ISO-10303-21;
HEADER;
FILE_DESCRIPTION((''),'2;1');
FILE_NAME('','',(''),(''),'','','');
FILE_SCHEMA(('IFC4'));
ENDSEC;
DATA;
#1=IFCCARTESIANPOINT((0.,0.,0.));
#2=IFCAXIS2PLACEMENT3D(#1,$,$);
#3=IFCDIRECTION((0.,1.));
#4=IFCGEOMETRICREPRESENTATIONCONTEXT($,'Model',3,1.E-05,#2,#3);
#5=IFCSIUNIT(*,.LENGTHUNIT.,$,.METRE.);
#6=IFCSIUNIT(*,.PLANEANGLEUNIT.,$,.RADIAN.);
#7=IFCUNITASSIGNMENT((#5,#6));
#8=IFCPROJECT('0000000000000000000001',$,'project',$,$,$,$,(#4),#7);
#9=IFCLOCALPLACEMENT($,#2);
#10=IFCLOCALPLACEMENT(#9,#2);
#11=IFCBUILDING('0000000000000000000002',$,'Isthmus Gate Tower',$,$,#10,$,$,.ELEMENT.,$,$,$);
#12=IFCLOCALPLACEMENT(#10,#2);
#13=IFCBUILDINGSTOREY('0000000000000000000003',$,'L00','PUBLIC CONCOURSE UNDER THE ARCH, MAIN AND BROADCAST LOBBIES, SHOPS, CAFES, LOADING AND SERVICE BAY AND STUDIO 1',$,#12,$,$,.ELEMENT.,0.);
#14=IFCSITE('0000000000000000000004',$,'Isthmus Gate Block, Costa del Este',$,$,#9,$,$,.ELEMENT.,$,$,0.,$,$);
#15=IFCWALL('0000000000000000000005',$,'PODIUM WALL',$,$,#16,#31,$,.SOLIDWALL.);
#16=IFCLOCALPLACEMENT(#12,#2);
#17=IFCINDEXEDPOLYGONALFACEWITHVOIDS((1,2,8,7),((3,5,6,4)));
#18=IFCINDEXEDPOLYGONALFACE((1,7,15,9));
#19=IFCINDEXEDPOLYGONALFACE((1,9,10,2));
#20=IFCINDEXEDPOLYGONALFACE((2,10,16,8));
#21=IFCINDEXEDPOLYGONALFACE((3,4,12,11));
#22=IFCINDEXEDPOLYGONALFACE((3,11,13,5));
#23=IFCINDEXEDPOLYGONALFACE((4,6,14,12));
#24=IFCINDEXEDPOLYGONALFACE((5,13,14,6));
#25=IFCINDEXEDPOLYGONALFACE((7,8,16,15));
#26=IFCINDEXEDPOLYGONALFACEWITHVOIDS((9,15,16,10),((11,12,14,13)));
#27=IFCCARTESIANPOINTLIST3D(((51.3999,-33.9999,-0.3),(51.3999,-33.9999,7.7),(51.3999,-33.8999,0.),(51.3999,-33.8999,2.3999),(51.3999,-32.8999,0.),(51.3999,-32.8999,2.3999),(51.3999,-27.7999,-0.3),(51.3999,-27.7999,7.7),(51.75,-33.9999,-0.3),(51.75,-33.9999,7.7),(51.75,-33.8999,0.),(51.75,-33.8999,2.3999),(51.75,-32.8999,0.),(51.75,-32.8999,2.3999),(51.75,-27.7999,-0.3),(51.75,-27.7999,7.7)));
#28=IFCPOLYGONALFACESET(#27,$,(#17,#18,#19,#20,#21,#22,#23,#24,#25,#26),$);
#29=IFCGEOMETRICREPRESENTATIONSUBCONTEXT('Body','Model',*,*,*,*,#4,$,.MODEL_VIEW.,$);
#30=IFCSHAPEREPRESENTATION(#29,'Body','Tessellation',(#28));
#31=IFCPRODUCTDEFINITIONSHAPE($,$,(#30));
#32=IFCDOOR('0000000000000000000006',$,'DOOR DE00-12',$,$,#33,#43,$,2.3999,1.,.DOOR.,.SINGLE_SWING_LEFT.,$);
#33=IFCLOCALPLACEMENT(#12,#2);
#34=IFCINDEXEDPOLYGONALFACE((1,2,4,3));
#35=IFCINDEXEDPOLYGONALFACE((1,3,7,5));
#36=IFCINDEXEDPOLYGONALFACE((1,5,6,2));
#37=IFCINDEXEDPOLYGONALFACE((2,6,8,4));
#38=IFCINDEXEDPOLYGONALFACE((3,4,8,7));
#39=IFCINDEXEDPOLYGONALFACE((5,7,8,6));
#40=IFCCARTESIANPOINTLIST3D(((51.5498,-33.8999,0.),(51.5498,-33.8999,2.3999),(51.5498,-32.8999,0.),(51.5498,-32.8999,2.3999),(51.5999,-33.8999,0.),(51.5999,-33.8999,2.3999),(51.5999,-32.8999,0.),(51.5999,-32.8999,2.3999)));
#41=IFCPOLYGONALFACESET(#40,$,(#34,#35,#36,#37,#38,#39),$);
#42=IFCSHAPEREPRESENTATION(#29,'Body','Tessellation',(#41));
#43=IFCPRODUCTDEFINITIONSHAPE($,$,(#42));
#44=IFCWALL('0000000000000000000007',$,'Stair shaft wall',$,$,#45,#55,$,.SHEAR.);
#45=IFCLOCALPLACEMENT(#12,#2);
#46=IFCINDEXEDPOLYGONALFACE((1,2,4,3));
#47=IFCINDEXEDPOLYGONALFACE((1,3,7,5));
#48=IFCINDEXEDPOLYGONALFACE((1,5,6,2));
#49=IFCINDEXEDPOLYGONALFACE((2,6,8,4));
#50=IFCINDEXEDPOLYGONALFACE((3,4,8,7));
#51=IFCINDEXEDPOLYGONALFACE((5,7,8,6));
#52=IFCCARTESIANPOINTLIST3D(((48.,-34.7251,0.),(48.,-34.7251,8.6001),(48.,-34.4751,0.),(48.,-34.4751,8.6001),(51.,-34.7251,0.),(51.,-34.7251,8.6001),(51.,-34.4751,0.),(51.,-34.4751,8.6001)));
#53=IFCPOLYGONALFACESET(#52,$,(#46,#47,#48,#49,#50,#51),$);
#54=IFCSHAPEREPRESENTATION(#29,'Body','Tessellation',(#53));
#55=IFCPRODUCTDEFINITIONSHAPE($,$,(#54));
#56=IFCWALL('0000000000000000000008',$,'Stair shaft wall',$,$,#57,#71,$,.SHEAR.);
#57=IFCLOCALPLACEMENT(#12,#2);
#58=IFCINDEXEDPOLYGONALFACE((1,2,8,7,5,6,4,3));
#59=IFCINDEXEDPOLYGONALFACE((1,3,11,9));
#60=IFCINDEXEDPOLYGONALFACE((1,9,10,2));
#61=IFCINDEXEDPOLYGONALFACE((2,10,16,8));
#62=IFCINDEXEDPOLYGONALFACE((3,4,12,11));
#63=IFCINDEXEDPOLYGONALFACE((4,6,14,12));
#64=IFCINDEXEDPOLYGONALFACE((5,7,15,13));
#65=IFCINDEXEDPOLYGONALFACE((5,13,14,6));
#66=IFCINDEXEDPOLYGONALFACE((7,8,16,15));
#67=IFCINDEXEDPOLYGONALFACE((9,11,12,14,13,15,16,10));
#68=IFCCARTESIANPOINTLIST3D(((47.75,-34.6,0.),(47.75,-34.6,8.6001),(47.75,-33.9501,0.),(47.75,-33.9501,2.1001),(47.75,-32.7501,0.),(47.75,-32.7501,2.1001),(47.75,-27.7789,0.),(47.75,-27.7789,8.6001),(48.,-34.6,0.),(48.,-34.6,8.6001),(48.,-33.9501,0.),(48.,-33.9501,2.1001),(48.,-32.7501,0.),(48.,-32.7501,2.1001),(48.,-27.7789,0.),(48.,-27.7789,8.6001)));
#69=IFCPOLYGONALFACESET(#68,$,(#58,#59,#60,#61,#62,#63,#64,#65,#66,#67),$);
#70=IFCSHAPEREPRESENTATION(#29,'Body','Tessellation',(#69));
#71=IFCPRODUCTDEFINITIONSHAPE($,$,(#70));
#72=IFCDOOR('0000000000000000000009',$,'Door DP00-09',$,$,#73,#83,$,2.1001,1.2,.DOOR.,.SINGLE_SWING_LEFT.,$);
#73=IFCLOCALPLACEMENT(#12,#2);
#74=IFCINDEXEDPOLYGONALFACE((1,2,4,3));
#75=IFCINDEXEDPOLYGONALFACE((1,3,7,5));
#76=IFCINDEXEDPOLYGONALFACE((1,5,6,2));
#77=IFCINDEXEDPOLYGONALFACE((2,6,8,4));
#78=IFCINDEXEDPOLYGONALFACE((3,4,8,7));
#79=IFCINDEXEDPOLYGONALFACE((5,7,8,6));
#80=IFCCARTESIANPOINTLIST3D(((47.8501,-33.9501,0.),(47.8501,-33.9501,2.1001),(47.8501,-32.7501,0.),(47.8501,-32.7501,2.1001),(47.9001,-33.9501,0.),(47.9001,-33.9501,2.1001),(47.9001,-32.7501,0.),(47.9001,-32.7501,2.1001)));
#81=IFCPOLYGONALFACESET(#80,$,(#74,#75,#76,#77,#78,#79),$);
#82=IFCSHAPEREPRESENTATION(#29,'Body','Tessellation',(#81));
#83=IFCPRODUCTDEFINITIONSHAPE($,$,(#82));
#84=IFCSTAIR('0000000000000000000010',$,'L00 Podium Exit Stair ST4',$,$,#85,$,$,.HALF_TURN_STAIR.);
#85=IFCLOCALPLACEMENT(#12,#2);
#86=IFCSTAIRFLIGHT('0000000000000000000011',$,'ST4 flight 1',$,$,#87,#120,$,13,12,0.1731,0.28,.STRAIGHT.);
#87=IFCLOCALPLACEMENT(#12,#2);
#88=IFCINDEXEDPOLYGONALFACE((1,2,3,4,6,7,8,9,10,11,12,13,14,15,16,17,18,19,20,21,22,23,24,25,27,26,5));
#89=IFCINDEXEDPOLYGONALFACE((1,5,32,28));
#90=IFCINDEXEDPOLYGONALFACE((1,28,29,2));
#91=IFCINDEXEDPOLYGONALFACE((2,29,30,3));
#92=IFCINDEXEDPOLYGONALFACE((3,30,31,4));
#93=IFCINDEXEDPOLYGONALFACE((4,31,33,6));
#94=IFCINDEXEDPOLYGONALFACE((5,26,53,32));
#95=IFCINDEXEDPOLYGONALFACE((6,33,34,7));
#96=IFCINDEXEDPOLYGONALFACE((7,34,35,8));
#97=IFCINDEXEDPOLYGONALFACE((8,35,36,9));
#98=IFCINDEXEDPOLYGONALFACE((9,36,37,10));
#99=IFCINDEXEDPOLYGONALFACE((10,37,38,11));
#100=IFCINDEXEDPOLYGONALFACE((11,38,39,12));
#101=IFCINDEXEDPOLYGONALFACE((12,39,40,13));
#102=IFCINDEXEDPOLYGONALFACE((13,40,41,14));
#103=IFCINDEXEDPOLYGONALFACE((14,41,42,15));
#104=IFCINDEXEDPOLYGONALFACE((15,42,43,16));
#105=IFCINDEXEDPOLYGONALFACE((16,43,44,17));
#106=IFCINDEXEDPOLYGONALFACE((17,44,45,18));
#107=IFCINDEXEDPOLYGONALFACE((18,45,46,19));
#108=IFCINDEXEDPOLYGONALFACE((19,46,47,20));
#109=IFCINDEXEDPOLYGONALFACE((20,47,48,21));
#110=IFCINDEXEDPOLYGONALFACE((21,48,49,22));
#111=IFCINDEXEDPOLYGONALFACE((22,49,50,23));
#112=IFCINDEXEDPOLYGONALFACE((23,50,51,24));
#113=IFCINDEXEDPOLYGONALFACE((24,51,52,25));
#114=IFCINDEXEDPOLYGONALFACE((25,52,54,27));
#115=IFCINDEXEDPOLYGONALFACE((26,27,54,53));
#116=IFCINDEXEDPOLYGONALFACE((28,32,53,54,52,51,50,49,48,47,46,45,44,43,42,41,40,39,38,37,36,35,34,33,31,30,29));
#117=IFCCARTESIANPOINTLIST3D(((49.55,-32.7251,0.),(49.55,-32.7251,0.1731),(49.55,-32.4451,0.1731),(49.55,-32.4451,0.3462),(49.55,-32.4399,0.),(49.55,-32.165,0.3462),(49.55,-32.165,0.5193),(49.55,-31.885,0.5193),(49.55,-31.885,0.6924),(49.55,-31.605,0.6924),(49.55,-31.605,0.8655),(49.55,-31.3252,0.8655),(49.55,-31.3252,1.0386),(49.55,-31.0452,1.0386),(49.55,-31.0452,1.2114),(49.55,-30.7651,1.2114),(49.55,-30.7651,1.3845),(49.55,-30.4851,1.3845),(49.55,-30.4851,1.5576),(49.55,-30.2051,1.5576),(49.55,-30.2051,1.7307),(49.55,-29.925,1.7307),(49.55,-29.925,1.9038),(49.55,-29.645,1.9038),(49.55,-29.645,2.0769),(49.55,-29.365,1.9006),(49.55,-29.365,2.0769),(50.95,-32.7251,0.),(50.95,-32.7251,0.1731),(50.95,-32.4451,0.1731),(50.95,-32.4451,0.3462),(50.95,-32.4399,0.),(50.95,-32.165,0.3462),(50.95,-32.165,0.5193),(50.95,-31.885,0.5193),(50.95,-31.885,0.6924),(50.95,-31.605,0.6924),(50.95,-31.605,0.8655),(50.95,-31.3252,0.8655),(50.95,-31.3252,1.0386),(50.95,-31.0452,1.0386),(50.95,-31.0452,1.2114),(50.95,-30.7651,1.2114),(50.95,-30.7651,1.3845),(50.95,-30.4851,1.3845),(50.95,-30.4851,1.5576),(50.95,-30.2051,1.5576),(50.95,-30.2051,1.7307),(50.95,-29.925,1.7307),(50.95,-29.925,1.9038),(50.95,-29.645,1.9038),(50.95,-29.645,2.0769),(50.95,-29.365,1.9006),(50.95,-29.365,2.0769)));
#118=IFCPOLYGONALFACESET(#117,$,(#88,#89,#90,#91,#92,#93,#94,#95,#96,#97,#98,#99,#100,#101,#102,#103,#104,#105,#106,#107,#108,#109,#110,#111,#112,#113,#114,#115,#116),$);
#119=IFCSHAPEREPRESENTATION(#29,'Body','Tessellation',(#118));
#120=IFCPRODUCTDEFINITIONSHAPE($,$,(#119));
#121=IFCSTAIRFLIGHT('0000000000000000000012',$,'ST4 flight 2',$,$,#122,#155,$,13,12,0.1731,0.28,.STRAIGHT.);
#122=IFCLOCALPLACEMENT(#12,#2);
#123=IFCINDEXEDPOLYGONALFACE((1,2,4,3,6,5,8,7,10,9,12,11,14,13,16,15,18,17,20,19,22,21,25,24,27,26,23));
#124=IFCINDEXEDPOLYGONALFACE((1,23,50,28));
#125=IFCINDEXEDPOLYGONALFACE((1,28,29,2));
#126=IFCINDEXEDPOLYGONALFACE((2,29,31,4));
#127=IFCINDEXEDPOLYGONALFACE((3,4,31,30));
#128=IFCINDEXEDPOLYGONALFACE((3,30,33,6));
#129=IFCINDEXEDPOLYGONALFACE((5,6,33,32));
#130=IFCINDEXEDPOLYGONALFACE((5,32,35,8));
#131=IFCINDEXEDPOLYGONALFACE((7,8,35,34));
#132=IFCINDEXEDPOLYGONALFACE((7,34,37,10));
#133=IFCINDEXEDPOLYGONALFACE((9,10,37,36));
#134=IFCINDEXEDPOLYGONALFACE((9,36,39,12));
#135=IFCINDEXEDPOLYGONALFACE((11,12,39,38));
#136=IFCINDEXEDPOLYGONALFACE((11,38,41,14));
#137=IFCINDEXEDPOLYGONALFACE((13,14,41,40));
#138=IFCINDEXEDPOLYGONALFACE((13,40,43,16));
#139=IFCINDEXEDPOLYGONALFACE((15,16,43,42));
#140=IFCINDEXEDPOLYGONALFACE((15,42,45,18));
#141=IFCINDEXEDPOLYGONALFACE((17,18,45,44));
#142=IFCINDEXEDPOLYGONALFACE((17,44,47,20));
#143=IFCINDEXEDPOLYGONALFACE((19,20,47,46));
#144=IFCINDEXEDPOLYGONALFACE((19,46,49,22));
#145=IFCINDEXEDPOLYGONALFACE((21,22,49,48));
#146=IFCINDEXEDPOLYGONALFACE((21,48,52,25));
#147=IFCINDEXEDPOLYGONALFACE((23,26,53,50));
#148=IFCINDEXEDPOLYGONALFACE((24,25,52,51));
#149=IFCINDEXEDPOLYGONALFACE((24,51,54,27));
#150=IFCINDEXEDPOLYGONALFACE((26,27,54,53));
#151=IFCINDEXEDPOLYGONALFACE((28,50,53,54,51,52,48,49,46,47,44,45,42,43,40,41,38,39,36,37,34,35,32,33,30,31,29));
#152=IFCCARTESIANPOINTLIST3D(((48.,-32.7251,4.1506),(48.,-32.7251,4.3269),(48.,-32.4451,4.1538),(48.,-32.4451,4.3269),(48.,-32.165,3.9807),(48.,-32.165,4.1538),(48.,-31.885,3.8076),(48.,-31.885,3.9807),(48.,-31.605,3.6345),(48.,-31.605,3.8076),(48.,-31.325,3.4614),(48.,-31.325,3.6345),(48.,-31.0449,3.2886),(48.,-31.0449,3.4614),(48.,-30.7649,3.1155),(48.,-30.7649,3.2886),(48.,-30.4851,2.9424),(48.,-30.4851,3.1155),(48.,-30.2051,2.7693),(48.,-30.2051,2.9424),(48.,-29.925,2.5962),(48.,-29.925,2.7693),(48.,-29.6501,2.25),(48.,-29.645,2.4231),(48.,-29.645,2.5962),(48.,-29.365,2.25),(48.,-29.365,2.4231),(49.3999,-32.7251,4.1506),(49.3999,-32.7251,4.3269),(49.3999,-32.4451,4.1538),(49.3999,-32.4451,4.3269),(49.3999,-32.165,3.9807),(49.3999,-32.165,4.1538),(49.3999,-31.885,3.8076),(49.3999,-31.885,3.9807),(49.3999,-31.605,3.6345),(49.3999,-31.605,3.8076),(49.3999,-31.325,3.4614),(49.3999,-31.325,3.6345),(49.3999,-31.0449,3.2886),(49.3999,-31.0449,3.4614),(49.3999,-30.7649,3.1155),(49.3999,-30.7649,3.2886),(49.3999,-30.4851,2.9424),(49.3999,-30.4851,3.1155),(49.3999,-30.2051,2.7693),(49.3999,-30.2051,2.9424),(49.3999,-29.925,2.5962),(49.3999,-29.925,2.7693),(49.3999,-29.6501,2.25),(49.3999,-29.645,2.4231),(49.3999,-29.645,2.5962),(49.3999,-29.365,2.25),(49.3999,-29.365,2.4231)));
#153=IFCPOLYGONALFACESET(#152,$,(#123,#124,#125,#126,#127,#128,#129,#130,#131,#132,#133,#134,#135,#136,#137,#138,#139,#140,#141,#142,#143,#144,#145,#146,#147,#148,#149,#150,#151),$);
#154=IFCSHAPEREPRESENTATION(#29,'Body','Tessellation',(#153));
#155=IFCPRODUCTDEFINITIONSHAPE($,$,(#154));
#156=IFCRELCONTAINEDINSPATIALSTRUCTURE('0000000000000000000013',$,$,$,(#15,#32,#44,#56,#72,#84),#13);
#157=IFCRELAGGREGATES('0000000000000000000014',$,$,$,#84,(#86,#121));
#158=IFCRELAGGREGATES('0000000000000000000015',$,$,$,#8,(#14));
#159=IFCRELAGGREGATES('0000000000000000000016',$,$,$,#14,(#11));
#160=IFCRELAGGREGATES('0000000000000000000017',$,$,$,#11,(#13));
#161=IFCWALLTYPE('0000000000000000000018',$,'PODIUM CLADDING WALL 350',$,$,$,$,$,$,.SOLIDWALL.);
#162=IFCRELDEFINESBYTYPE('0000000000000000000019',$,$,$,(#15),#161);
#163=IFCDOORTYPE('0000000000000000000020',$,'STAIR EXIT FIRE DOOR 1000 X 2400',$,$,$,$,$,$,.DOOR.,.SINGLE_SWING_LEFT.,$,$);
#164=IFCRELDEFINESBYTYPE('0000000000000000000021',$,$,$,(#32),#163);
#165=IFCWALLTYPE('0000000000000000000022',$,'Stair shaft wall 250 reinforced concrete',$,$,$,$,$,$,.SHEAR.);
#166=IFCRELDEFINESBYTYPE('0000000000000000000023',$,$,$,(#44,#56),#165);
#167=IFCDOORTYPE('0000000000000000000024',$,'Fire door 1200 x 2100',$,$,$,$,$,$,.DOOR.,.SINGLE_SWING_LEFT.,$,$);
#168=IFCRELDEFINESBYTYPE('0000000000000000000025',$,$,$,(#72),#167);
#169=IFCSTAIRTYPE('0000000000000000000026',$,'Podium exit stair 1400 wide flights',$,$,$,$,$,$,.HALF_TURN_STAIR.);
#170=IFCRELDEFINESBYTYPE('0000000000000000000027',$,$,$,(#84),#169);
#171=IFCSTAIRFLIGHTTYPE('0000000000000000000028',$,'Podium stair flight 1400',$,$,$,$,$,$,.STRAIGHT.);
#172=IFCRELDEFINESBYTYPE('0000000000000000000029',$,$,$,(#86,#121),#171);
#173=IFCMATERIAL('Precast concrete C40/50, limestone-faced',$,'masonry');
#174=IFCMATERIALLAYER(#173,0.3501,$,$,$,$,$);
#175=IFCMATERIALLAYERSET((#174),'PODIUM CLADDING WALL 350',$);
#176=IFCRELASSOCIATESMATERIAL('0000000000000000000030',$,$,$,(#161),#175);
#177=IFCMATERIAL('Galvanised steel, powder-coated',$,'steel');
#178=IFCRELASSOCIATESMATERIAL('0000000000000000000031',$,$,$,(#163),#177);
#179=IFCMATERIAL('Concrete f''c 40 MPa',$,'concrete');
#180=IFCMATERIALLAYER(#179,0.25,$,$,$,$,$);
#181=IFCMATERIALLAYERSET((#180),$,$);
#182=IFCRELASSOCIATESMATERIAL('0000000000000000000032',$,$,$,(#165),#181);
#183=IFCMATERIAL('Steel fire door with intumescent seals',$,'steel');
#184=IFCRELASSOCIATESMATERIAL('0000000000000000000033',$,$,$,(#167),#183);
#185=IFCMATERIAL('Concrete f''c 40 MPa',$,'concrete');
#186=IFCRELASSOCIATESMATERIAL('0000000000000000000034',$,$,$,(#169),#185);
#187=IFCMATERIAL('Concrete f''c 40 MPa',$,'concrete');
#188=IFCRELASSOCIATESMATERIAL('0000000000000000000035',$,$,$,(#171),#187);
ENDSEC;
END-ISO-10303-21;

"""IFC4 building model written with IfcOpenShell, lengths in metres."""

from ifc_helpers import new_model, si_unit, direction, frame, frame_2d, origin, place, context, subcontext, project, spatial, polyline, rectangle, outline, extrude, material, layer, layer_set, type_object, element, fill, aggregate, save


model = new_model("IFC4")

# Units and contexts
model_context = context("Model", 3, precision=1e-05, world=origin(), true_north=direction((0.0, 1.0)))
body_context = subcontext(model_context, "Body", "Model", "MODEL_VIEW")
ifc_project = project(units=[si_unit("LENGTHUNIT", "METRE"), si_unit("PLANEANGLEUNIT", "RADIAN")], contexts=[model_context])

# Site, building, storey
site_placement = place(None, origin())
site = spatial("IfcSite", under=ifc_project, at=site_placement, Name="Isthmus Gate Block, Costa del Este", CompositionType="ELEMENT", RefElevation=0.0)
building_placement = place(site_placement, origin())
building = spatial("IfcBuilding", under=site, at=building_placement, Name="Isthmus Gate Tower", CompositionType="ELEMENT")
storey_placement = place(building_placement, origin())
storey = spatial("IfcBuildingStorey", under=building, at=storey_placement, Name="L00", Description="PUBLIC CONCOURSE UNDER THE ARCH, MAIN AND BROADCAST LOBBIES, SHOPS, CAFES, LOADING AND SERVICE BAY AND STUDIO 1", CompositionType="ELEMENT", Elevation=0.0)

# Shared definitions
ifc_material_1 = material(Name="Precast concrete C40/50, limestone-faced", Category="masonry")
ifc_layer_1 = layer(ifc_material_1, 0.3501)
ifc_layer_set_1 = layer_set([ifc_layer_1], Name="PODIUM CLADDING WALL 350")
wall_type_1 = type_object("IfcWallType", Name="PODIUM CLADDING WALL 350", PredefinedType="SOLIDWALL", material=ifc_layer_set_1)

# Wall, opening, door
wall_1_placement = place(storey_placement, frame((51.575, -34.0, -0.3), z_axis=(0.0, 0.0, 1.0), x_axis=(0.0, 1.0, 0.0)))
wall_1 = element("IfcWall", 1, at=wall_1_placement, inside=storey, type_object=wall_type_1, Name="PODIUM WALL", PredefinedType="SOLIDWALL", context=body_context, shape_type="SweptSolid", body=[
    extrude(rectangle(XDim=6.2, YDim=0.3501, at=frame_2d((3.1001, 0.0))), origin(), (0.0, 0.0, 1.0), 8.0),
])
opening_1_placement = place(wall_1_placement, frame((0.1001, 0.0, 0.3)))
opening_1 = element("IfcOpeningElement", 2, at=opening_1_placement, cuts=wall_1, PredefinedType="OPENING", context=body_context, shape_type="SweptSolid", body=[
    extrude(rectangle(XDim=1.0, YDim=2.3999, at=frame_2d((0.5, 1.2))), frame((0.0, 0.1851, 0.0), z_axis=(0.0, -1.0, 0.0), x_axis=(1.0, 0.0, 0.0)), (0.0, 0.0, 1.0), 0.3701),
])
ifc_material_2 = material(Name="Galvanised steel, powder-coated", Category="steel")
door_type_1 = type_object("IfcDoorType", Name="STAIR EXIT FIRE DOOR 1000 X 2400", OperationType="SINGLE_SWING_LEFT", PredefinedType="DOOR", material=ifc_material_2)
door_1_placement = place(opening_1_placement, frame((1.0, 0.0, 0.0), z_axis=(0.0, 0.0, 1.0), x_axis=(-1.0, 0.0, 0.0)))
door_1 = element("IfcDoor", 3, at=door_1_placement, inside=storey, type_object=door_type_1, Name="DOOR DE00-12", OperationType="SINGLE_SWING_LEFT", OverallHeight=2.3999, OverallWidth=1.0, PredefinedType="DOOR", context=body_context, shape_type="SweptSolid", body=[
    extrude(rectangle(XDim=1.0, YDim=2.3999, at=frame_2d((0.5, 1.2))), frame((0.0, 0.0249, 0.0), z_axis=(0.0, -1.0, 0.0), x_axis=(1.0, 0.0, 0.0)), (0.0, 0.0, 1.0), 0.05),
])
fill(opening_1, door_1)

# Wall
ifc_material_3 = material(Name="Concrete f'c 40 MPa", Category="concrete")
ifc_layer_2 = layer(ifc_material_3, 0.25)
ifc_layer_set_2 = layer_set([ifc_layer_2])
wall_type_2 = type_object("IfcWallType", Name="Stair shaft wall 250 reinforced concrete", PredefinedType="SHEAR", material=ifc_layer_set_2)
wall_2_placement = place(storey_placement, frame((48.0, -34.6001, 0.0), z_axis=(0.0, 0.0, 1.0), x_axis=(1.0, 0.0, 0.0)))
element("IfcWall", 4, at=wall_2_placement, inside=storey, type_object=wall_type_2, Name="Stair shaft wall", PredefinedType="SHEAR", context=body_context, shape_type="SweptSolid", body=[
    extrude(rectangle(XDim=3.0, YDim=0.25, at=frame_2d((1.5, 0.0))), origin(), (0.0, 0.0, 1.0), 8.6001),
])

# Wall, opening, door
wall_3_placement = place(storey_placement, frame((47.875, -34.6001, 0.0), z_axis=(0.0, 0.0, 1.0), x_axis=(0.0, 1.0, 0.0)))
wall_3 = element("IfcWall", 5, at=wall_3_placement, inside=storey, type_object=wall_type_2, Name="Stair shaft wall", PredefinedType="SHEAR", context=body_context, shape_type="SweptSolid", body=[
    extrude(rectangle(XDim=6.821, YDim=0.25, at=frame_2d((3.4106, 0.0))), origin(), (0.0, 0.0, 1.0), 8.6001),
])
opening_2_placement = place(wall_3_placement, frame((0.6499, 0.0, 0.0)))
opening_2 = element("IfcOpeningElement", 6, at=opening_2_placement, cuts=wall_3, PredefinedType="OPENING", context=body_context, shape_type="SweptSolid", body=[
    extrude(rectangle(XDim=1.2, YDim=2.1001, at=frame_2d((0.6001, 1.05))), frame((0.0, 0.135, 0.0), z_axis=(0.0, -1.0, 0.0), x_axis=(1.0, 0.0, 0.0)), (0.0, 0.0, 1.0), 0.27),
])
ifc_material_4 = material(Name="Steel fire door with intumescent seals", Category="steel")
door_type_2 = type_object("IfcDoorType", Name="Fire door 1200 x 2100", OperationType="SINGLE_SWING_LEFT", PredefinedType="DOOR", material=ifc_material_4)
door_2_placement = place(opening_2_placement, origin())
door_2 = element("IfcDoor", 7, at=door_2_placement, inside=storey, type_object=door_type_2, Name="Door DP00-09", OperationType="SINGLE_SWING_LEFT", OverallHeight=2.1001, OverallWidth=1.2, PredefinedType="DOOR", context=body_context, shape_type="SweptSolid", body=[
    extrude(rectangle(XDim=1.2, YDim=2.1001, at=frame_2d((0.6001, 1.05))), frame((0.0, 0.0249, 0.0), z_axis=(0.0, -1.0, 0.0), x_axis=(1.0, 0.0, 0.0)), (0.0, 0.0, 1.0), 0.05),
])
fill(opening_2, door_2)

# Stair, stair flights
ifc_material_5 = material(Name="Concrete f'c 40 MPa", Category="concrete")
stair_type = type_object("IfcStairType", Name="Podium exit stair 1400 wide flights", PredefinedType="HALF_TURN_STAIR", material=ifc_material_5)
stair_placement = place(storey_placement, origin())
stair = element("IfcStair", 8, at=stair_placement, inside=storey, type_object=stair_type, Name="L00 Podium Exit Stair ST4", PredefinedType="HALF_TURN_STAIR")
ifc_material_6 = material(Name="Concrete f'c 40 MPa", Category="concrete")
stair_flight_type = type_object("IfcStairFlightType", Name="Podium stair flight 1400", PredefinedType="STRAIGHT", material=ifc_material_6)
stair_flight_1_placement = place(storey_placement, frame((50.25, -32.7251, 0.0), z_axis=(0.0, 0.0, 1.0), x_axis=(0.0, 1.0, 0.0)))
stair_flight_1 = element("IfcStairFlight", 9, at=stair_flight_1_placement, type_object=stair_flight_type, Name="ST4 flight 1", NumberOfRisers=13, NumberOfTreads=12, PredefinedType="STRAIGHT", RiserHeight=0.1731, TreadLength=0.28, context=body_context, shape_type="SweptSolid", body=[
    extrude(outline(polyline([(0.0, 0.0), (0.0, 0.1731), (0.28, 0.1731), (0.28, 0.3462), (0.5601, 0.3462), (0.5601, 0.5193), (0.8401, 0.5193), (0.8401, 0.6924), (1.1201, 0.6924), (1.1201, 0.8655), (1.3999, 0.8655), (1.3999, 1.0386), (1.6799, 1.0386), (1.6799, 1.2114), (1.96, 1.2114), (1.96, 1.3845), (2.24, 1.3845), (2.24, 1.5576), (2.52, 1.5576), (2.52, 1.7307), (2.8, 1.7307), (2.8, 1.9038), (3.0801, 1.9038), (3.0801, 2.0769), (3.3601, 2.0769), (3.3601, 2.25), (3.3601, 1.9006), (0.2852, 0.0), (0.0, 0.0)])), frame((0.0, 0.7, 0.0), z_axis=(0.0, -1.0, 0.0), x_axis=(1.0, 0.0, 0.0)), (0.0, 0.0, 1.0), 1.3999),
])
stair_flight_2_placement = place(storey_placement, frame((48.7, -29.365, 2.25), z_axis=(0.0, 0.0, 1.0), x_axis=(0.0, -1.0, 0.0)))
stair_flight_2 = element("IfcStairFlight", 10, at=stair_flight_2_placement, type_object=stair_flight_type, Name="ST4 flight 2", NumberOfRisers=13, NumberOfTreads=12, PredefinedType="STRAIGHT", RiserHeight=0.1731, TreadLength=0.28, context=body_context, shape_type="SweptSolid", body=[
    extrude(outline(polyline([(0.0, 0.0), (0.0, 0.1731), (0.28, 0.1731), (0.28, 0.3462), (0.5601, 0.3462), (0.5601, 0.5193), (0.8401, 0.5193), (0.8401, 0.6924), (1.1201, 0.6924), (1.1201, 0.8655), (1.3999, 0.8655), (1.3999, 1.0386), (1.6799, 1.0386), (1.6799, 1.2114), (1.96, 1.2114), (1.96, 1.3845), (2.24, 1.3845), (2.24, 1.5576), (2.52, 1.5576), (2.52, 1.7307), (2.8, 1.7307), (2.8, 1.9038), (3.0801, 1.9038), (3.0801, 2.0769), (3.3601, 2.0769), (3.3601, 2.25), (3.3601, 1.9006), (0.2852, 0.0), (0.0, 0.0)])), frame((0.0, 0.7, 0.0), z_axis=(0.0, -1.0, 0.0), x_axis=(1.0, 0.0, 0.0)), (0.0, 0.0, 1.0), 1.3999),
])
aggregate(stair, [stair_flight_1, stair_flight_2])

save(model, "model.ifc")
